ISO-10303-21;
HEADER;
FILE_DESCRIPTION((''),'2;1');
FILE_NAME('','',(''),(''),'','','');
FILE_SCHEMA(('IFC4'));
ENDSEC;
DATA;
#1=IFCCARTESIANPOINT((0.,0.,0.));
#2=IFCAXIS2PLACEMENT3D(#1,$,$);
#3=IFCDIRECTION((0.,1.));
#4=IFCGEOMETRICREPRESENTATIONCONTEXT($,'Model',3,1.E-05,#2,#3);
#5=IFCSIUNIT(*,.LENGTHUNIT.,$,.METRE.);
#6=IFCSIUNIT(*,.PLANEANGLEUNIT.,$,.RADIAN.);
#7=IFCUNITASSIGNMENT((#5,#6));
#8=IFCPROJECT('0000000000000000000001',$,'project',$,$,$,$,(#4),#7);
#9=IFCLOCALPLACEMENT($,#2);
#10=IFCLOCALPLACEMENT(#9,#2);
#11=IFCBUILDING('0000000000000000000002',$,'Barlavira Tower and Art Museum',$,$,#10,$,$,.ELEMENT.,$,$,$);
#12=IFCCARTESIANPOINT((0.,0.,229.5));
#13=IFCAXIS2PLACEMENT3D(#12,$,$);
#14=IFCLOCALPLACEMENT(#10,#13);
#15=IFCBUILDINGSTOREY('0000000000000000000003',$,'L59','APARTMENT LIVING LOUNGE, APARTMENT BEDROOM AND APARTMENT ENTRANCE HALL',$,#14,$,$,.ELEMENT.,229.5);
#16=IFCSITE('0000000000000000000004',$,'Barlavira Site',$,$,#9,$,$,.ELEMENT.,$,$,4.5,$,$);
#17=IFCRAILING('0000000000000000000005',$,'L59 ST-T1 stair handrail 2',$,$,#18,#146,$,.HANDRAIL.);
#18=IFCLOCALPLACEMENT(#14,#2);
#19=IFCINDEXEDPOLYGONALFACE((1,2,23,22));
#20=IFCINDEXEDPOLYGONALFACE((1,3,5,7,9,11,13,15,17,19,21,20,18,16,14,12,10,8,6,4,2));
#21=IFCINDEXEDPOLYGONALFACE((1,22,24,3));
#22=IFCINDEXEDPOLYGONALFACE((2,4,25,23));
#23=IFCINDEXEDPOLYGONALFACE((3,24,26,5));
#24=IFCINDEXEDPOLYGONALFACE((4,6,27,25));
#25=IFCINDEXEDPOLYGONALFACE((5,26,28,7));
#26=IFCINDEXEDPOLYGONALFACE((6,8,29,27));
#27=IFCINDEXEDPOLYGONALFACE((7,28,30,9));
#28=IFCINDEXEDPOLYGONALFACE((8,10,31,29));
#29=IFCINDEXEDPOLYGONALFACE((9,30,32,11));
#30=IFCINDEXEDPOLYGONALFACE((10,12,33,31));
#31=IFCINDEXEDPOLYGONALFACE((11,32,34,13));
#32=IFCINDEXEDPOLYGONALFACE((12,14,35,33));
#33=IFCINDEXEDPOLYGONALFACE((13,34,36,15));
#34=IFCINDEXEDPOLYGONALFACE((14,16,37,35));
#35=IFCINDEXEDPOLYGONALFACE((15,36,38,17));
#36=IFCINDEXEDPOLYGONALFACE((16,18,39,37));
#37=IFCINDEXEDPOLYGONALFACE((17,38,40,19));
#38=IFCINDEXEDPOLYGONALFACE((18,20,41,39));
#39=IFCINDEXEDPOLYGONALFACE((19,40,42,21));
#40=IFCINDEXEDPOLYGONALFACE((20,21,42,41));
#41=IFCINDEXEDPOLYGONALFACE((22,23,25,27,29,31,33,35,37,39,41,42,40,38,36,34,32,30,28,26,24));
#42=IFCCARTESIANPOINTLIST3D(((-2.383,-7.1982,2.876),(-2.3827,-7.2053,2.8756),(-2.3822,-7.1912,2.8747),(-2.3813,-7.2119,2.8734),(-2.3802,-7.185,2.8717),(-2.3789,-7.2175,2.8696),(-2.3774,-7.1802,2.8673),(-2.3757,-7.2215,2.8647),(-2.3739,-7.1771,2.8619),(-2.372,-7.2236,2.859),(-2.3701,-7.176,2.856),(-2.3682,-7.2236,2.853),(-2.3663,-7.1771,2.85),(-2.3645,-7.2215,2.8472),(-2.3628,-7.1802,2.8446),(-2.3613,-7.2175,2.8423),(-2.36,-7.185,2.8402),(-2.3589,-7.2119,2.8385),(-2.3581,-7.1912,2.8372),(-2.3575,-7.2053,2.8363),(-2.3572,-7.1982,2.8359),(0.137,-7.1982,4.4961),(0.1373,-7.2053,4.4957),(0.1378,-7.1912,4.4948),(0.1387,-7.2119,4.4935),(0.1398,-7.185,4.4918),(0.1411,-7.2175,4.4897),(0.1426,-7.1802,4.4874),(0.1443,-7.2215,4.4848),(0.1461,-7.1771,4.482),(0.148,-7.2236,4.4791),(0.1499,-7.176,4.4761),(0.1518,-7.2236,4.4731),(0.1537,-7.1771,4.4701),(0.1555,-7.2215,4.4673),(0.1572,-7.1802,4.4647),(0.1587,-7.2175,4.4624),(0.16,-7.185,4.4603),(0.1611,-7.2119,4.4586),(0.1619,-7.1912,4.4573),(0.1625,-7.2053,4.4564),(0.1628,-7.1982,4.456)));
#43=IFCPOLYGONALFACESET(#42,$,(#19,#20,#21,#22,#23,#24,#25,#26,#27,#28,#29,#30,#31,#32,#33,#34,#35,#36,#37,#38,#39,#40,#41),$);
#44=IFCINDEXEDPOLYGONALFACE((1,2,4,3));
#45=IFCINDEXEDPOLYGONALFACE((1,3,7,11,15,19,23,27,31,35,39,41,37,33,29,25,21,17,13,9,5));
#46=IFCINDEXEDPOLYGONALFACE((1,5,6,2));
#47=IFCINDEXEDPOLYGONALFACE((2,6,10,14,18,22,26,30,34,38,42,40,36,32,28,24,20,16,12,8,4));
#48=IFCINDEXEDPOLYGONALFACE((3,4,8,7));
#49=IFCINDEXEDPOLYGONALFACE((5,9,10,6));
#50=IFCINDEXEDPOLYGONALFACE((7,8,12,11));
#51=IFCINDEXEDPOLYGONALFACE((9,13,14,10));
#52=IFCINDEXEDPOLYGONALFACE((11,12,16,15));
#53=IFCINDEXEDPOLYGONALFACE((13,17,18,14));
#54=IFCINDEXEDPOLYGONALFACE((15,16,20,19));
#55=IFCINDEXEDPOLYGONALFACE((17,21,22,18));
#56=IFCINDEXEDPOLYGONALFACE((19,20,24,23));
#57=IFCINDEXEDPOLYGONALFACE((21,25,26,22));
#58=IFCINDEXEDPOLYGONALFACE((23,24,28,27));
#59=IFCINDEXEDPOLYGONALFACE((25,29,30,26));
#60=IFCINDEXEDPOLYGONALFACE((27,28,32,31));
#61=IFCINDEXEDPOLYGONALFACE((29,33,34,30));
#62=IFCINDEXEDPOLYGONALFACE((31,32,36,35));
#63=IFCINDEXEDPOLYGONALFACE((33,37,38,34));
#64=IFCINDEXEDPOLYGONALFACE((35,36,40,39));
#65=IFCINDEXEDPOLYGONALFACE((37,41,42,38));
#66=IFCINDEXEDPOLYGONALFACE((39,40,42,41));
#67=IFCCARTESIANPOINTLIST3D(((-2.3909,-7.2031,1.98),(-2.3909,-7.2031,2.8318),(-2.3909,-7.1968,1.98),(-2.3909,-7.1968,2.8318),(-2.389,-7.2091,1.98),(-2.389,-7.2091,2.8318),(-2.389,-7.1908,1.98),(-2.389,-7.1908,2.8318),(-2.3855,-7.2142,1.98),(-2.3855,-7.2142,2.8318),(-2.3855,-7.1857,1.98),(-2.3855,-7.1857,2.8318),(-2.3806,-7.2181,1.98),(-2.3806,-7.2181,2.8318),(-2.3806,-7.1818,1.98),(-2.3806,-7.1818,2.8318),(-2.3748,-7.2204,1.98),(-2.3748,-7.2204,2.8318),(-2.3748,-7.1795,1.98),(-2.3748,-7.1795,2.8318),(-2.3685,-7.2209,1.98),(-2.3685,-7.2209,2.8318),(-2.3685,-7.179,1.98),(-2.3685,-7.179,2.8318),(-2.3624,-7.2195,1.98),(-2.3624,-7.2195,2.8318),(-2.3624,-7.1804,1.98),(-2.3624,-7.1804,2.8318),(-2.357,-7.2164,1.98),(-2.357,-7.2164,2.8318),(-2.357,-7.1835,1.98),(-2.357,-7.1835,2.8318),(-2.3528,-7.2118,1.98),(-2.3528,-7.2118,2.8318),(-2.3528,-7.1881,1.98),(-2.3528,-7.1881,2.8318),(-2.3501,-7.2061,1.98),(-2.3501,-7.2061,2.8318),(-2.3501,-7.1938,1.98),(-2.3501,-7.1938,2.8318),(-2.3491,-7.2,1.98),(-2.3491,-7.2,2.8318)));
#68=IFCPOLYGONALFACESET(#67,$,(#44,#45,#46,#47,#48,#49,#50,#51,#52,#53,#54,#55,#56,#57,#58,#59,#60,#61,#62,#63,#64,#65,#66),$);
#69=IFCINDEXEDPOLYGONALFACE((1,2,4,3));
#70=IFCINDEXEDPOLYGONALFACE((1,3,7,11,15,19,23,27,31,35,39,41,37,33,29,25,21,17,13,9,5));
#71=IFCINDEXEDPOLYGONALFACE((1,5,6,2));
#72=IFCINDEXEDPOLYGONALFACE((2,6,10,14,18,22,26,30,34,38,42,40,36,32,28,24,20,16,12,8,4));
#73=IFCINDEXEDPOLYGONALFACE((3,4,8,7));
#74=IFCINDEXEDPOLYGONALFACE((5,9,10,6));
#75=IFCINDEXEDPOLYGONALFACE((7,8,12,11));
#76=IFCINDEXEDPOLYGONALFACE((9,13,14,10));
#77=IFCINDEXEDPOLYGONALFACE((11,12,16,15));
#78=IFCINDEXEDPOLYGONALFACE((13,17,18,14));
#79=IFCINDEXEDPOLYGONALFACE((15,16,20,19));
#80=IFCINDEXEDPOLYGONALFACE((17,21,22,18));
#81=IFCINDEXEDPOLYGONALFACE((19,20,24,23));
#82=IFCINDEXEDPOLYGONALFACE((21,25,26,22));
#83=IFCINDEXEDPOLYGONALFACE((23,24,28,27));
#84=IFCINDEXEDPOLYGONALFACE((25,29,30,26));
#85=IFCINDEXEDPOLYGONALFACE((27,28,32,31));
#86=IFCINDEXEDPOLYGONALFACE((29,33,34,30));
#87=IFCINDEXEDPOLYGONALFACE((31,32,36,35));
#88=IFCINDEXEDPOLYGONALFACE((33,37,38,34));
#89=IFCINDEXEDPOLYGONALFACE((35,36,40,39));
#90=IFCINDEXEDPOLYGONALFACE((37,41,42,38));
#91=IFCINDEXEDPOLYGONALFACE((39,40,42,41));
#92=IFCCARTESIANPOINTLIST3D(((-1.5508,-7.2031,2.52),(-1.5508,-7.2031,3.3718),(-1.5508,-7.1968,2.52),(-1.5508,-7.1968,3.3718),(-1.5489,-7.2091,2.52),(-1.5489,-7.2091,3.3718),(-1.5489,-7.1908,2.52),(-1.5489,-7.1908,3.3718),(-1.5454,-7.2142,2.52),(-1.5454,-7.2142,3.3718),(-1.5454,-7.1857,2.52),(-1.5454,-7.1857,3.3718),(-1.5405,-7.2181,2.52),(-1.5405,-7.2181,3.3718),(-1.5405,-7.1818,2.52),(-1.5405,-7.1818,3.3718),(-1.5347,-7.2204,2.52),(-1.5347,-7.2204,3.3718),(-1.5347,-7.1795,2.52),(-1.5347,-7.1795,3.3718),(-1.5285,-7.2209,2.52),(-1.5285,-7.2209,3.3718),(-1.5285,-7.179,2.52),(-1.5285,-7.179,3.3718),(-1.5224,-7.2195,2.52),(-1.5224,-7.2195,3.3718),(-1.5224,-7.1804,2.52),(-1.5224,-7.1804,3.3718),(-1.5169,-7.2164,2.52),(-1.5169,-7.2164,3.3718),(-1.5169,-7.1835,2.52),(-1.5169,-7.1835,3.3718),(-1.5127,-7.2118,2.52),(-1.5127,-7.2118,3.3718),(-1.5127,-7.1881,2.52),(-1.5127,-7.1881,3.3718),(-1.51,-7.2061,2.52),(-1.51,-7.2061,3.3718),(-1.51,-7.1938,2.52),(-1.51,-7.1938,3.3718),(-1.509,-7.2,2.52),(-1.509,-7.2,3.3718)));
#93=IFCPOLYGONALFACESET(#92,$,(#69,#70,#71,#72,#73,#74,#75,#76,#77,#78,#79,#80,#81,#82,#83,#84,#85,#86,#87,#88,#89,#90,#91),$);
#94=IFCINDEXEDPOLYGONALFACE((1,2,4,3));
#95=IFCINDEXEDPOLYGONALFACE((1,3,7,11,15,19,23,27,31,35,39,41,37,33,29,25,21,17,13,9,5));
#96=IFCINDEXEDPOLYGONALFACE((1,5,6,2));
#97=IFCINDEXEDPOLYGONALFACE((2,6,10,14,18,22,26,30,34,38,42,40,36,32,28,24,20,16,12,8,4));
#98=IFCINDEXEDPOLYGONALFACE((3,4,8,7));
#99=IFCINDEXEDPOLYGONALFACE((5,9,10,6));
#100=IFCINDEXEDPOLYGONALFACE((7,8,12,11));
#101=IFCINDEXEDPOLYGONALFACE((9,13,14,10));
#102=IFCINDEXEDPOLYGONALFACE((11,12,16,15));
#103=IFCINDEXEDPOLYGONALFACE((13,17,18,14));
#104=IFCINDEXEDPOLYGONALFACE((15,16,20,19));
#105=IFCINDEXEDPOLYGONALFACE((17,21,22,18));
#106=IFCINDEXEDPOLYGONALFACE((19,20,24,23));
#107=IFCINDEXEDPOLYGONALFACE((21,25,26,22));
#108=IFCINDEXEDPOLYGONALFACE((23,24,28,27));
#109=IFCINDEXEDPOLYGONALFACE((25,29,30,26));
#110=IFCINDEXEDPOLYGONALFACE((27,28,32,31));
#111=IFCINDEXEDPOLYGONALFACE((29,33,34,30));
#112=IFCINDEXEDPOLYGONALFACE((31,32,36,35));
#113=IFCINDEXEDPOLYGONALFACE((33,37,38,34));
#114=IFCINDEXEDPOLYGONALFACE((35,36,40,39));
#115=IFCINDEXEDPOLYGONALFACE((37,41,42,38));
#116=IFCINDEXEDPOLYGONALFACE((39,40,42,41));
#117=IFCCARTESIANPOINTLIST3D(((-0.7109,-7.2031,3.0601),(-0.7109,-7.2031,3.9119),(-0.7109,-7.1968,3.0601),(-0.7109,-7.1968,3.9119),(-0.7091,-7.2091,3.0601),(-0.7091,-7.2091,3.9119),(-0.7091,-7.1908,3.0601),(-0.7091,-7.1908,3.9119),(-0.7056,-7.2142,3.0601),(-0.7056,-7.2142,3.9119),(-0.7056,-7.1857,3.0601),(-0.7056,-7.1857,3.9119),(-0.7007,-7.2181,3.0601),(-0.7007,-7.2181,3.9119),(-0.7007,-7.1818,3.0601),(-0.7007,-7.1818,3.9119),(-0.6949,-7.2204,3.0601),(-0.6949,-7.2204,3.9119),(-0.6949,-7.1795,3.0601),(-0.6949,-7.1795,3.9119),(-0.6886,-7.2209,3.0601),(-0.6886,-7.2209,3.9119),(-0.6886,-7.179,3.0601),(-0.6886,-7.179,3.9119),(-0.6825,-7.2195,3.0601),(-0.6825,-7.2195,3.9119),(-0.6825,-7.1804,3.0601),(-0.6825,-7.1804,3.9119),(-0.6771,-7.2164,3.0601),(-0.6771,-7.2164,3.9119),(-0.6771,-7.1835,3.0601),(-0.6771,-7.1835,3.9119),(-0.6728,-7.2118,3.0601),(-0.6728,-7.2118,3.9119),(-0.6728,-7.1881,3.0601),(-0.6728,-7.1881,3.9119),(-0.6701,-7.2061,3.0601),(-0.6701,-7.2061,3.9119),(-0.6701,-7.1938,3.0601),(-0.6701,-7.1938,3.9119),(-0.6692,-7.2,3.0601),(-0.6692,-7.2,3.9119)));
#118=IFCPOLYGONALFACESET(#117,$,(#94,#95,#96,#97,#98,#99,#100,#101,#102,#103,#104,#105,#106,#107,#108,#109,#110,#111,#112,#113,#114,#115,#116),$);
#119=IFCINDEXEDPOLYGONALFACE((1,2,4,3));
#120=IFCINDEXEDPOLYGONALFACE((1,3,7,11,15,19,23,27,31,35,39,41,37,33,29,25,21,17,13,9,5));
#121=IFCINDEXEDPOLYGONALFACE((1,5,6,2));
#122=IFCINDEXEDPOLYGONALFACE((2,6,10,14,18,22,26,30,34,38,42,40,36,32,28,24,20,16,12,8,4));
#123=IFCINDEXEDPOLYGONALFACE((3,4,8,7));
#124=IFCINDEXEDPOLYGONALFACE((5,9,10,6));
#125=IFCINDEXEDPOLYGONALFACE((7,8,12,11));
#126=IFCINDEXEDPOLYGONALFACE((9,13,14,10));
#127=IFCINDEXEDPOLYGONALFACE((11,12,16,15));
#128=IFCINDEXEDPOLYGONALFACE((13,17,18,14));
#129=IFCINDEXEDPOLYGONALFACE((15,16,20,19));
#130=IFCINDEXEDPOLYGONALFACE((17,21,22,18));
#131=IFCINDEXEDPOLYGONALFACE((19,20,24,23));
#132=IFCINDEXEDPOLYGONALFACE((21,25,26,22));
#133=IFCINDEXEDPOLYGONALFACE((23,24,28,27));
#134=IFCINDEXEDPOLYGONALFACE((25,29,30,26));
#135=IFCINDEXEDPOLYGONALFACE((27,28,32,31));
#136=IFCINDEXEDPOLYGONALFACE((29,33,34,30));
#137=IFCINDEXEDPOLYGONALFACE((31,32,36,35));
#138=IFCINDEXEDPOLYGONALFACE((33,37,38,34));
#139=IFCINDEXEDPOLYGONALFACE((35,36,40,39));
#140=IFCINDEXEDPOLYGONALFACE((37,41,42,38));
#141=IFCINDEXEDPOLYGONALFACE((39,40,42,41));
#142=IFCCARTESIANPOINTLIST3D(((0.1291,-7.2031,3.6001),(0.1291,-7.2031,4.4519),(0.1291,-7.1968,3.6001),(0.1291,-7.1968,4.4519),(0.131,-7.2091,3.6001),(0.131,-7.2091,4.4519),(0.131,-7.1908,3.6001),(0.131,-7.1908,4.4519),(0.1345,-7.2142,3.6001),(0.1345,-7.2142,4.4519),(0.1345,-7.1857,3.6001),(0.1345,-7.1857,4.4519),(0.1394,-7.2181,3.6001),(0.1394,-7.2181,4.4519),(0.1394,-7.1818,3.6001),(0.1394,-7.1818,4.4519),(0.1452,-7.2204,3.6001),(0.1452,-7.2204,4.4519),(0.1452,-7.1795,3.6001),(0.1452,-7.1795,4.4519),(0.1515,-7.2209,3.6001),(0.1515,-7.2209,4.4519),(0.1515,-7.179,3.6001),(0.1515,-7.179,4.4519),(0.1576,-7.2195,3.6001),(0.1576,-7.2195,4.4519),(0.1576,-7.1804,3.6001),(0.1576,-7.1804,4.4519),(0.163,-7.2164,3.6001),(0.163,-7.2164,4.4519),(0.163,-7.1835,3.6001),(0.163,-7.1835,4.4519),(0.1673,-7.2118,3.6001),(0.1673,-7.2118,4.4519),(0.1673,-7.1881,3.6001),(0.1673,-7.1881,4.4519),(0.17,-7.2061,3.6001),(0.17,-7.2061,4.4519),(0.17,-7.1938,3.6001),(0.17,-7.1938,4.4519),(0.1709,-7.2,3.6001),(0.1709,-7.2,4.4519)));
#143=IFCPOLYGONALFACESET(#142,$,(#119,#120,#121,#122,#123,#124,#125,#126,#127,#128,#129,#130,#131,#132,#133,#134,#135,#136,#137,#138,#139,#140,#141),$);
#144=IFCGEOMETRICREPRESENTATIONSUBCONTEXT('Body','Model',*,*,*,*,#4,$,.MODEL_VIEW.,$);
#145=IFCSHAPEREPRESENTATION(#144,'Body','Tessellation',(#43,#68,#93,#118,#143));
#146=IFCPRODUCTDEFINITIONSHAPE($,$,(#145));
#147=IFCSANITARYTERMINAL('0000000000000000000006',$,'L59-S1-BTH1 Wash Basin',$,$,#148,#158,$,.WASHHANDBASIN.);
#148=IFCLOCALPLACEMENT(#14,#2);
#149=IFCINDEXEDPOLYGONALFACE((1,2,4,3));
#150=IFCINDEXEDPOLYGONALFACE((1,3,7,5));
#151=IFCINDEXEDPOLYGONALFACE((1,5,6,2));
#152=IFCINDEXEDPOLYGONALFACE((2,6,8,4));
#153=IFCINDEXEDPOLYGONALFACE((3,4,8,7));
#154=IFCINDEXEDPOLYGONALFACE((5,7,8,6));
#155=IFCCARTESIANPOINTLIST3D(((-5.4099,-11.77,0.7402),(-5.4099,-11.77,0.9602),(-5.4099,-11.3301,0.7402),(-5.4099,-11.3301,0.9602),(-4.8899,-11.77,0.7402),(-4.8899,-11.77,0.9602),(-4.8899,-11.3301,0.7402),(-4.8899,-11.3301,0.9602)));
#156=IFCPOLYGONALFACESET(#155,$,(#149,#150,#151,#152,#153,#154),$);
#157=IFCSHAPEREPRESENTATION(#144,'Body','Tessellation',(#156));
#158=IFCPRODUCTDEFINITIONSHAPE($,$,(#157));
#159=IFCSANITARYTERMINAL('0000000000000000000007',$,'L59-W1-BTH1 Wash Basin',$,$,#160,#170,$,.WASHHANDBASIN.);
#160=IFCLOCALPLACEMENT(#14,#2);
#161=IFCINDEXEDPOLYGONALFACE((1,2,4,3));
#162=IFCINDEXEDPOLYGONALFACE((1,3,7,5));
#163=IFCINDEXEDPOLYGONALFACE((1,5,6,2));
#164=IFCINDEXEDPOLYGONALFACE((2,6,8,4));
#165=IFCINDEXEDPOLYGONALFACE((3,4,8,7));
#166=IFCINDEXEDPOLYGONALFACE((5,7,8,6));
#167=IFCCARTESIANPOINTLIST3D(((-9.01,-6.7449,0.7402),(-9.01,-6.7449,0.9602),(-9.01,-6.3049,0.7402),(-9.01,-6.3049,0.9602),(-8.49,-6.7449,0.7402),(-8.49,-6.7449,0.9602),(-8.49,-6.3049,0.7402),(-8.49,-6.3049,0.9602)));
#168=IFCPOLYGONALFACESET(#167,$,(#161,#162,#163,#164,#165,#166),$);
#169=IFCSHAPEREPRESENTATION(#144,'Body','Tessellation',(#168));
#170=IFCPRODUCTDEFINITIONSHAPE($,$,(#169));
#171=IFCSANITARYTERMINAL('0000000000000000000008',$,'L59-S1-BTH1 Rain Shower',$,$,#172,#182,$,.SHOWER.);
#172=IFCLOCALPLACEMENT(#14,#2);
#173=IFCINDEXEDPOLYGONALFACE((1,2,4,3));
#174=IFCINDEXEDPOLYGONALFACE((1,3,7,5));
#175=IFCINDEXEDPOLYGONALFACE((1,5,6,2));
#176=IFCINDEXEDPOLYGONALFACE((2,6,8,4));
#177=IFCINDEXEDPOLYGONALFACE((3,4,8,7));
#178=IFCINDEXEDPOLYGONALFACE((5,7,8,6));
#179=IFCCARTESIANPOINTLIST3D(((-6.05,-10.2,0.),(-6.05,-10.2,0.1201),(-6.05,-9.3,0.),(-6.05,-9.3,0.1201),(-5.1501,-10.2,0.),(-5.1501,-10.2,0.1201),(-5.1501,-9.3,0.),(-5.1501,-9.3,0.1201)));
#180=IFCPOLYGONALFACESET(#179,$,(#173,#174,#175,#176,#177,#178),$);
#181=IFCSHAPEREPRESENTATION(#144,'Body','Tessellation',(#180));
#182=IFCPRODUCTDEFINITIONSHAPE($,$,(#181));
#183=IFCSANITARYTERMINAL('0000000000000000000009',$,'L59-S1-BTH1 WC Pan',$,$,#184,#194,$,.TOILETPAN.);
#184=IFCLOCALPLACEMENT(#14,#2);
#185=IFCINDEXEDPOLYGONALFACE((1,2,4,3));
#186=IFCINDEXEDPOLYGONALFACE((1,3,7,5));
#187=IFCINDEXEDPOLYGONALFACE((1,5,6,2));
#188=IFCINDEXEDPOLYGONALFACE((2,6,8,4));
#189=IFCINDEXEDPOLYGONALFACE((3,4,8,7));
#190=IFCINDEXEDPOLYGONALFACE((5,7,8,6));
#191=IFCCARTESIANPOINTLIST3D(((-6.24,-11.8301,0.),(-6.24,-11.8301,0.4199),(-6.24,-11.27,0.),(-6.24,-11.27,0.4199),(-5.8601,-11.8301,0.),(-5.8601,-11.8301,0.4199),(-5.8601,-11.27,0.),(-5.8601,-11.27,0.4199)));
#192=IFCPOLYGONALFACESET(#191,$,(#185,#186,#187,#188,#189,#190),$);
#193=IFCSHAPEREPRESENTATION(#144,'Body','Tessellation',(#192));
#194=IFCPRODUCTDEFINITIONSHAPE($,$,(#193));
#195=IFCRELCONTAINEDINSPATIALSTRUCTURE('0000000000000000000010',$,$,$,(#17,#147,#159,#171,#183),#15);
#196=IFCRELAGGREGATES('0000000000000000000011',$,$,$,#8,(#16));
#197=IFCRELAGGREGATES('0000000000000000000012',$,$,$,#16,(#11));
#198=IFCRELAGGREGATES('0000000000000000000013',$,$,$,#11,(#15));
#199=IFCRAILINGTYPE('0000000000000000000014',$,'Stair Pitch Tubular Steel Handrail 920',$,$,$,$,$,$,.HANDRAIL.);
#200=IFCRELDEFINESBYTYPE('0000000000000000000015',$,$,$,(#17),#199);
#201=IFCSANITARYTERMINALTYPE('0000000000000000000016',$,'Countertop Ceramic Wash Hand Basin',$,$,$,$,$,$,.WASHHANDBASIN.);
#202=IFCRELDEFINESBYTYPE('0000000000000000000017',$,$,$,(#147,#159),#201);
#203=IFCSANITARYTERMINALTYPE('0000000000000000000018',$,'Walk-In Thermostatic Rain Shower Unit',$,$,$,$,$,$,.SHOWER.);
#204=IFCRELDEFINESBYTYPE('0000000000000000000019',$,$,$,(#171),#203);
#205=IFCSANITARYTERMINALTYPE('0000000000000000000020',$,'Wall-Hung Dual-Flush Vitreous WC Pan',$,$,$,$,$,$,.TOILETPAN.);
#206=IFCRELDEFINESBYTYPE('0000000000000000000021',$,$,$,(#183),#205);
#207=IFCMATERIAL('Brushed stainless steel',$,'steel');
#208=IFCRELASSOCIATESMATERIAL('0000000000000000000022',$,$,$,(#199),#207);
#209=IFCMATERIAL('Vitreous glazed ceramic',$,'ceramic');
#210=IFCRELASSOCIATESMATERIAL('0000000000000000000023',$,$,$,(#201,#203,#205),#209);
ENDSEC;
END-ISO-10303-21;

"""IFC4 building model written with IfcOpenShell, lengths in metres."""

from ifc_helpers import new_model, si_unit, direction, frame, origin, origin_2d, place, context, subcontext, project, spatial, rectangle, circle, extrude, material, type_object, element, save


model = new_model("IFC4")

# Units and contexts
model_context = context("Model", 3, precision=1e-05, world=origin(), true_north=direction((0.0, 1.0)))
body_context = subcontext(model_context, "Body", "Model", "MODEL_VIEW")
ifc_project = project(units=[si_unit("LENGTHUNIT", "METRE"), si_unit("PLANEANGLEUNIT", "RADIAN")], contexts=[model_context])

# Site, building, storey
site_placement = place(None, origin())
site = spatial("IfcSite", under=ifc_project, at=site_placement, Name="Barlavira Site", CompositionType="ELEMENT", RefElevation=4.5)
building_placement = place(site_placement, origin())
building = spatial("IfcBuilding", under=site, at=building_placement, Name="Barlavira Tower and Art Museum", CompositionType="ELEMENT")
storey_placement = place(building_placement, frame((0.0, 0.0, 229.5)))
storey = spatial("IfcBuildingStorey", under=building, at=storey_placement, Name="L59", Description="APARTMENT LIVING LOUNGE, APARTMENT BEDROOM AND APARTMENT ENTRANCE HALL", CompositionType="ELEMENT", Elevation=229.5)

# Shared definitions
ifc_material_1 = material(Name="Brushed stainless steel", Category="steel")

# Railing
railing_type_1 = type_object("IfcRailingType", Name="Stair Pitch Tubular Steel Handrail 920", PredefinedType="HANDRAIL", material=ifc_material_1)
railing_1_placement = place(storey_placement, frame((-2.3701, -7.2, 1.98)))
element("IfcRailing", 1, at=railing_1_placement, inside=storey, type_object=railing_type_1, Name="L59 ST-T1 stair handrail 2", PredefinedType="HANDRAIL", context=body_context, shape_type="SweptSolid", body=[
    extrude(circle(Radius=0.0239, at=origin_2d()), frame((0.0, 0.0, 0.876), z_axis=(0.841163, 0.0, 0.540782), x_axis=(0.0, 1.0, 0.0)), (0.0, 0.0, 1.0), 2.9958),
    extrude(circle(Radius=0.021, at=origin_2d()), origin(), (0.0, 0.0, 1.0), 0.8518),
    extrude(circle(Radius=0.021, at=origin_2d()), frame((0.8401, 0.0, 0.54)), (0.0, 0.0, 1.0), 0.8518),
    extrude(circle(Radius=0.021, at=origin_2d()), frame((1.6799, 0.0, 1.0801)), (0.0, 0.0, 1.0), 0.8518),
    extrude(circle(Radius=0.021, at=origin_2d()), frame((2.52, 0.0, 1.6201)), (0.0, 0.0, 1.0), 0.8518),
])

# Sanitary terminals
ifc_material_2 = material(Name="Vitreous glazed ceramic", Category="ceramic")
sanitary_terminal_type_1 = type_object("IfcSanitaryTerminalType", Name="Countertop Ceramic Wash Hand Basin", PredefinedType="WASHHANDBASIN", material=ifc_material_2)
for number, where, z_axis, x_axis, name in (
    (2, (-5.1499, -11.55, 0.7402), (0.0, 0.0, 1.0), (1.0, 0.0, 0.0), "L59-S1-BTH1 Wash Basin"),
    (3, (-8.75, -6.5249, 0.7402), (0.0, 0.0, 1.0), (1.0, 0.0, 0.0), "L59-W1-BTH1 Wash Basin"),
):
    element("IfcSanitaryTerminal", number, at=place(storey_placement, frame(where, z_axis=z_axis, x_axis=x_axis)), inside=storey, type_object=sanitary_terminal_type_1, Name=name, PredefinedType="WASHHANDBASIN", context=body_context, shape_type="SweptSolid", body=[
        extrude(rectangle(XDim=0.52, YDim=0.4399, at=origin_2d()), origin(), (0.0, 0.0, 1.0), 0.22),
    ])
sanitary_terminal_type_2 = type_object("IfcSanitaryTerminalType", Name="Walk-In Thermostatic Rain Shower Unit", PredefinedType="SHOWER", material=ifc_material_2)
sanitary_terminal_1_placement = place(storey_placement, frame((-5.6001, -9.75, 0.0), z_axis=(0.0, 0.0, 1.0), x_axis=(1.0, 0.0, 0.0)))
element("IfcSanitaryTerminal", 4, at=sanitary_terminal_1_placement, inside=storey, type_object=sanitary_terminal_type_2, Name="L59-S1-BTH1 Rain Shower", PredefinedType="SHOWER", context=body_context, shape_type="SweptSolid", body=[
    extrude(rectangle(XDim=0.8999, YDim=0.8999, at=origin_2d()), origin(), (0.0, 0.0, 1.0), 0.1201),
])
sanitary_terminal_type_3 = type_object("IfcSanitaryTerminalType", Name="Wall-Hung Dual-Flush Vitreous WC Pan", PredefinedType="TOILETPAN", material=ifc_material_2)
sanitary_terminal_2_placement = place(storey_placement, frame((-6.05, -11.55, 0.0), z_axis=(0.0, 0.0, 1.0), x_axis=(1.0, 0.0, 0.0)))
element("IfcSanitaryTerminal", 5, at=sanitary_terminal_2_placement, inside=storey, type_object=sanitary_terminal_type_3, Name="L59-S1-BTH1 WC Pan", PredefinedType="TOILETPAN", context=body_context, shape_type="SweptSolid", body=[
    extrude(rectangle(XDim=0.3799, YDim=0.5601, at=origin_2d()), origin(), (0.0, 0.0, 1.0), 0.4199),
])

save(model, "model.ifc")
